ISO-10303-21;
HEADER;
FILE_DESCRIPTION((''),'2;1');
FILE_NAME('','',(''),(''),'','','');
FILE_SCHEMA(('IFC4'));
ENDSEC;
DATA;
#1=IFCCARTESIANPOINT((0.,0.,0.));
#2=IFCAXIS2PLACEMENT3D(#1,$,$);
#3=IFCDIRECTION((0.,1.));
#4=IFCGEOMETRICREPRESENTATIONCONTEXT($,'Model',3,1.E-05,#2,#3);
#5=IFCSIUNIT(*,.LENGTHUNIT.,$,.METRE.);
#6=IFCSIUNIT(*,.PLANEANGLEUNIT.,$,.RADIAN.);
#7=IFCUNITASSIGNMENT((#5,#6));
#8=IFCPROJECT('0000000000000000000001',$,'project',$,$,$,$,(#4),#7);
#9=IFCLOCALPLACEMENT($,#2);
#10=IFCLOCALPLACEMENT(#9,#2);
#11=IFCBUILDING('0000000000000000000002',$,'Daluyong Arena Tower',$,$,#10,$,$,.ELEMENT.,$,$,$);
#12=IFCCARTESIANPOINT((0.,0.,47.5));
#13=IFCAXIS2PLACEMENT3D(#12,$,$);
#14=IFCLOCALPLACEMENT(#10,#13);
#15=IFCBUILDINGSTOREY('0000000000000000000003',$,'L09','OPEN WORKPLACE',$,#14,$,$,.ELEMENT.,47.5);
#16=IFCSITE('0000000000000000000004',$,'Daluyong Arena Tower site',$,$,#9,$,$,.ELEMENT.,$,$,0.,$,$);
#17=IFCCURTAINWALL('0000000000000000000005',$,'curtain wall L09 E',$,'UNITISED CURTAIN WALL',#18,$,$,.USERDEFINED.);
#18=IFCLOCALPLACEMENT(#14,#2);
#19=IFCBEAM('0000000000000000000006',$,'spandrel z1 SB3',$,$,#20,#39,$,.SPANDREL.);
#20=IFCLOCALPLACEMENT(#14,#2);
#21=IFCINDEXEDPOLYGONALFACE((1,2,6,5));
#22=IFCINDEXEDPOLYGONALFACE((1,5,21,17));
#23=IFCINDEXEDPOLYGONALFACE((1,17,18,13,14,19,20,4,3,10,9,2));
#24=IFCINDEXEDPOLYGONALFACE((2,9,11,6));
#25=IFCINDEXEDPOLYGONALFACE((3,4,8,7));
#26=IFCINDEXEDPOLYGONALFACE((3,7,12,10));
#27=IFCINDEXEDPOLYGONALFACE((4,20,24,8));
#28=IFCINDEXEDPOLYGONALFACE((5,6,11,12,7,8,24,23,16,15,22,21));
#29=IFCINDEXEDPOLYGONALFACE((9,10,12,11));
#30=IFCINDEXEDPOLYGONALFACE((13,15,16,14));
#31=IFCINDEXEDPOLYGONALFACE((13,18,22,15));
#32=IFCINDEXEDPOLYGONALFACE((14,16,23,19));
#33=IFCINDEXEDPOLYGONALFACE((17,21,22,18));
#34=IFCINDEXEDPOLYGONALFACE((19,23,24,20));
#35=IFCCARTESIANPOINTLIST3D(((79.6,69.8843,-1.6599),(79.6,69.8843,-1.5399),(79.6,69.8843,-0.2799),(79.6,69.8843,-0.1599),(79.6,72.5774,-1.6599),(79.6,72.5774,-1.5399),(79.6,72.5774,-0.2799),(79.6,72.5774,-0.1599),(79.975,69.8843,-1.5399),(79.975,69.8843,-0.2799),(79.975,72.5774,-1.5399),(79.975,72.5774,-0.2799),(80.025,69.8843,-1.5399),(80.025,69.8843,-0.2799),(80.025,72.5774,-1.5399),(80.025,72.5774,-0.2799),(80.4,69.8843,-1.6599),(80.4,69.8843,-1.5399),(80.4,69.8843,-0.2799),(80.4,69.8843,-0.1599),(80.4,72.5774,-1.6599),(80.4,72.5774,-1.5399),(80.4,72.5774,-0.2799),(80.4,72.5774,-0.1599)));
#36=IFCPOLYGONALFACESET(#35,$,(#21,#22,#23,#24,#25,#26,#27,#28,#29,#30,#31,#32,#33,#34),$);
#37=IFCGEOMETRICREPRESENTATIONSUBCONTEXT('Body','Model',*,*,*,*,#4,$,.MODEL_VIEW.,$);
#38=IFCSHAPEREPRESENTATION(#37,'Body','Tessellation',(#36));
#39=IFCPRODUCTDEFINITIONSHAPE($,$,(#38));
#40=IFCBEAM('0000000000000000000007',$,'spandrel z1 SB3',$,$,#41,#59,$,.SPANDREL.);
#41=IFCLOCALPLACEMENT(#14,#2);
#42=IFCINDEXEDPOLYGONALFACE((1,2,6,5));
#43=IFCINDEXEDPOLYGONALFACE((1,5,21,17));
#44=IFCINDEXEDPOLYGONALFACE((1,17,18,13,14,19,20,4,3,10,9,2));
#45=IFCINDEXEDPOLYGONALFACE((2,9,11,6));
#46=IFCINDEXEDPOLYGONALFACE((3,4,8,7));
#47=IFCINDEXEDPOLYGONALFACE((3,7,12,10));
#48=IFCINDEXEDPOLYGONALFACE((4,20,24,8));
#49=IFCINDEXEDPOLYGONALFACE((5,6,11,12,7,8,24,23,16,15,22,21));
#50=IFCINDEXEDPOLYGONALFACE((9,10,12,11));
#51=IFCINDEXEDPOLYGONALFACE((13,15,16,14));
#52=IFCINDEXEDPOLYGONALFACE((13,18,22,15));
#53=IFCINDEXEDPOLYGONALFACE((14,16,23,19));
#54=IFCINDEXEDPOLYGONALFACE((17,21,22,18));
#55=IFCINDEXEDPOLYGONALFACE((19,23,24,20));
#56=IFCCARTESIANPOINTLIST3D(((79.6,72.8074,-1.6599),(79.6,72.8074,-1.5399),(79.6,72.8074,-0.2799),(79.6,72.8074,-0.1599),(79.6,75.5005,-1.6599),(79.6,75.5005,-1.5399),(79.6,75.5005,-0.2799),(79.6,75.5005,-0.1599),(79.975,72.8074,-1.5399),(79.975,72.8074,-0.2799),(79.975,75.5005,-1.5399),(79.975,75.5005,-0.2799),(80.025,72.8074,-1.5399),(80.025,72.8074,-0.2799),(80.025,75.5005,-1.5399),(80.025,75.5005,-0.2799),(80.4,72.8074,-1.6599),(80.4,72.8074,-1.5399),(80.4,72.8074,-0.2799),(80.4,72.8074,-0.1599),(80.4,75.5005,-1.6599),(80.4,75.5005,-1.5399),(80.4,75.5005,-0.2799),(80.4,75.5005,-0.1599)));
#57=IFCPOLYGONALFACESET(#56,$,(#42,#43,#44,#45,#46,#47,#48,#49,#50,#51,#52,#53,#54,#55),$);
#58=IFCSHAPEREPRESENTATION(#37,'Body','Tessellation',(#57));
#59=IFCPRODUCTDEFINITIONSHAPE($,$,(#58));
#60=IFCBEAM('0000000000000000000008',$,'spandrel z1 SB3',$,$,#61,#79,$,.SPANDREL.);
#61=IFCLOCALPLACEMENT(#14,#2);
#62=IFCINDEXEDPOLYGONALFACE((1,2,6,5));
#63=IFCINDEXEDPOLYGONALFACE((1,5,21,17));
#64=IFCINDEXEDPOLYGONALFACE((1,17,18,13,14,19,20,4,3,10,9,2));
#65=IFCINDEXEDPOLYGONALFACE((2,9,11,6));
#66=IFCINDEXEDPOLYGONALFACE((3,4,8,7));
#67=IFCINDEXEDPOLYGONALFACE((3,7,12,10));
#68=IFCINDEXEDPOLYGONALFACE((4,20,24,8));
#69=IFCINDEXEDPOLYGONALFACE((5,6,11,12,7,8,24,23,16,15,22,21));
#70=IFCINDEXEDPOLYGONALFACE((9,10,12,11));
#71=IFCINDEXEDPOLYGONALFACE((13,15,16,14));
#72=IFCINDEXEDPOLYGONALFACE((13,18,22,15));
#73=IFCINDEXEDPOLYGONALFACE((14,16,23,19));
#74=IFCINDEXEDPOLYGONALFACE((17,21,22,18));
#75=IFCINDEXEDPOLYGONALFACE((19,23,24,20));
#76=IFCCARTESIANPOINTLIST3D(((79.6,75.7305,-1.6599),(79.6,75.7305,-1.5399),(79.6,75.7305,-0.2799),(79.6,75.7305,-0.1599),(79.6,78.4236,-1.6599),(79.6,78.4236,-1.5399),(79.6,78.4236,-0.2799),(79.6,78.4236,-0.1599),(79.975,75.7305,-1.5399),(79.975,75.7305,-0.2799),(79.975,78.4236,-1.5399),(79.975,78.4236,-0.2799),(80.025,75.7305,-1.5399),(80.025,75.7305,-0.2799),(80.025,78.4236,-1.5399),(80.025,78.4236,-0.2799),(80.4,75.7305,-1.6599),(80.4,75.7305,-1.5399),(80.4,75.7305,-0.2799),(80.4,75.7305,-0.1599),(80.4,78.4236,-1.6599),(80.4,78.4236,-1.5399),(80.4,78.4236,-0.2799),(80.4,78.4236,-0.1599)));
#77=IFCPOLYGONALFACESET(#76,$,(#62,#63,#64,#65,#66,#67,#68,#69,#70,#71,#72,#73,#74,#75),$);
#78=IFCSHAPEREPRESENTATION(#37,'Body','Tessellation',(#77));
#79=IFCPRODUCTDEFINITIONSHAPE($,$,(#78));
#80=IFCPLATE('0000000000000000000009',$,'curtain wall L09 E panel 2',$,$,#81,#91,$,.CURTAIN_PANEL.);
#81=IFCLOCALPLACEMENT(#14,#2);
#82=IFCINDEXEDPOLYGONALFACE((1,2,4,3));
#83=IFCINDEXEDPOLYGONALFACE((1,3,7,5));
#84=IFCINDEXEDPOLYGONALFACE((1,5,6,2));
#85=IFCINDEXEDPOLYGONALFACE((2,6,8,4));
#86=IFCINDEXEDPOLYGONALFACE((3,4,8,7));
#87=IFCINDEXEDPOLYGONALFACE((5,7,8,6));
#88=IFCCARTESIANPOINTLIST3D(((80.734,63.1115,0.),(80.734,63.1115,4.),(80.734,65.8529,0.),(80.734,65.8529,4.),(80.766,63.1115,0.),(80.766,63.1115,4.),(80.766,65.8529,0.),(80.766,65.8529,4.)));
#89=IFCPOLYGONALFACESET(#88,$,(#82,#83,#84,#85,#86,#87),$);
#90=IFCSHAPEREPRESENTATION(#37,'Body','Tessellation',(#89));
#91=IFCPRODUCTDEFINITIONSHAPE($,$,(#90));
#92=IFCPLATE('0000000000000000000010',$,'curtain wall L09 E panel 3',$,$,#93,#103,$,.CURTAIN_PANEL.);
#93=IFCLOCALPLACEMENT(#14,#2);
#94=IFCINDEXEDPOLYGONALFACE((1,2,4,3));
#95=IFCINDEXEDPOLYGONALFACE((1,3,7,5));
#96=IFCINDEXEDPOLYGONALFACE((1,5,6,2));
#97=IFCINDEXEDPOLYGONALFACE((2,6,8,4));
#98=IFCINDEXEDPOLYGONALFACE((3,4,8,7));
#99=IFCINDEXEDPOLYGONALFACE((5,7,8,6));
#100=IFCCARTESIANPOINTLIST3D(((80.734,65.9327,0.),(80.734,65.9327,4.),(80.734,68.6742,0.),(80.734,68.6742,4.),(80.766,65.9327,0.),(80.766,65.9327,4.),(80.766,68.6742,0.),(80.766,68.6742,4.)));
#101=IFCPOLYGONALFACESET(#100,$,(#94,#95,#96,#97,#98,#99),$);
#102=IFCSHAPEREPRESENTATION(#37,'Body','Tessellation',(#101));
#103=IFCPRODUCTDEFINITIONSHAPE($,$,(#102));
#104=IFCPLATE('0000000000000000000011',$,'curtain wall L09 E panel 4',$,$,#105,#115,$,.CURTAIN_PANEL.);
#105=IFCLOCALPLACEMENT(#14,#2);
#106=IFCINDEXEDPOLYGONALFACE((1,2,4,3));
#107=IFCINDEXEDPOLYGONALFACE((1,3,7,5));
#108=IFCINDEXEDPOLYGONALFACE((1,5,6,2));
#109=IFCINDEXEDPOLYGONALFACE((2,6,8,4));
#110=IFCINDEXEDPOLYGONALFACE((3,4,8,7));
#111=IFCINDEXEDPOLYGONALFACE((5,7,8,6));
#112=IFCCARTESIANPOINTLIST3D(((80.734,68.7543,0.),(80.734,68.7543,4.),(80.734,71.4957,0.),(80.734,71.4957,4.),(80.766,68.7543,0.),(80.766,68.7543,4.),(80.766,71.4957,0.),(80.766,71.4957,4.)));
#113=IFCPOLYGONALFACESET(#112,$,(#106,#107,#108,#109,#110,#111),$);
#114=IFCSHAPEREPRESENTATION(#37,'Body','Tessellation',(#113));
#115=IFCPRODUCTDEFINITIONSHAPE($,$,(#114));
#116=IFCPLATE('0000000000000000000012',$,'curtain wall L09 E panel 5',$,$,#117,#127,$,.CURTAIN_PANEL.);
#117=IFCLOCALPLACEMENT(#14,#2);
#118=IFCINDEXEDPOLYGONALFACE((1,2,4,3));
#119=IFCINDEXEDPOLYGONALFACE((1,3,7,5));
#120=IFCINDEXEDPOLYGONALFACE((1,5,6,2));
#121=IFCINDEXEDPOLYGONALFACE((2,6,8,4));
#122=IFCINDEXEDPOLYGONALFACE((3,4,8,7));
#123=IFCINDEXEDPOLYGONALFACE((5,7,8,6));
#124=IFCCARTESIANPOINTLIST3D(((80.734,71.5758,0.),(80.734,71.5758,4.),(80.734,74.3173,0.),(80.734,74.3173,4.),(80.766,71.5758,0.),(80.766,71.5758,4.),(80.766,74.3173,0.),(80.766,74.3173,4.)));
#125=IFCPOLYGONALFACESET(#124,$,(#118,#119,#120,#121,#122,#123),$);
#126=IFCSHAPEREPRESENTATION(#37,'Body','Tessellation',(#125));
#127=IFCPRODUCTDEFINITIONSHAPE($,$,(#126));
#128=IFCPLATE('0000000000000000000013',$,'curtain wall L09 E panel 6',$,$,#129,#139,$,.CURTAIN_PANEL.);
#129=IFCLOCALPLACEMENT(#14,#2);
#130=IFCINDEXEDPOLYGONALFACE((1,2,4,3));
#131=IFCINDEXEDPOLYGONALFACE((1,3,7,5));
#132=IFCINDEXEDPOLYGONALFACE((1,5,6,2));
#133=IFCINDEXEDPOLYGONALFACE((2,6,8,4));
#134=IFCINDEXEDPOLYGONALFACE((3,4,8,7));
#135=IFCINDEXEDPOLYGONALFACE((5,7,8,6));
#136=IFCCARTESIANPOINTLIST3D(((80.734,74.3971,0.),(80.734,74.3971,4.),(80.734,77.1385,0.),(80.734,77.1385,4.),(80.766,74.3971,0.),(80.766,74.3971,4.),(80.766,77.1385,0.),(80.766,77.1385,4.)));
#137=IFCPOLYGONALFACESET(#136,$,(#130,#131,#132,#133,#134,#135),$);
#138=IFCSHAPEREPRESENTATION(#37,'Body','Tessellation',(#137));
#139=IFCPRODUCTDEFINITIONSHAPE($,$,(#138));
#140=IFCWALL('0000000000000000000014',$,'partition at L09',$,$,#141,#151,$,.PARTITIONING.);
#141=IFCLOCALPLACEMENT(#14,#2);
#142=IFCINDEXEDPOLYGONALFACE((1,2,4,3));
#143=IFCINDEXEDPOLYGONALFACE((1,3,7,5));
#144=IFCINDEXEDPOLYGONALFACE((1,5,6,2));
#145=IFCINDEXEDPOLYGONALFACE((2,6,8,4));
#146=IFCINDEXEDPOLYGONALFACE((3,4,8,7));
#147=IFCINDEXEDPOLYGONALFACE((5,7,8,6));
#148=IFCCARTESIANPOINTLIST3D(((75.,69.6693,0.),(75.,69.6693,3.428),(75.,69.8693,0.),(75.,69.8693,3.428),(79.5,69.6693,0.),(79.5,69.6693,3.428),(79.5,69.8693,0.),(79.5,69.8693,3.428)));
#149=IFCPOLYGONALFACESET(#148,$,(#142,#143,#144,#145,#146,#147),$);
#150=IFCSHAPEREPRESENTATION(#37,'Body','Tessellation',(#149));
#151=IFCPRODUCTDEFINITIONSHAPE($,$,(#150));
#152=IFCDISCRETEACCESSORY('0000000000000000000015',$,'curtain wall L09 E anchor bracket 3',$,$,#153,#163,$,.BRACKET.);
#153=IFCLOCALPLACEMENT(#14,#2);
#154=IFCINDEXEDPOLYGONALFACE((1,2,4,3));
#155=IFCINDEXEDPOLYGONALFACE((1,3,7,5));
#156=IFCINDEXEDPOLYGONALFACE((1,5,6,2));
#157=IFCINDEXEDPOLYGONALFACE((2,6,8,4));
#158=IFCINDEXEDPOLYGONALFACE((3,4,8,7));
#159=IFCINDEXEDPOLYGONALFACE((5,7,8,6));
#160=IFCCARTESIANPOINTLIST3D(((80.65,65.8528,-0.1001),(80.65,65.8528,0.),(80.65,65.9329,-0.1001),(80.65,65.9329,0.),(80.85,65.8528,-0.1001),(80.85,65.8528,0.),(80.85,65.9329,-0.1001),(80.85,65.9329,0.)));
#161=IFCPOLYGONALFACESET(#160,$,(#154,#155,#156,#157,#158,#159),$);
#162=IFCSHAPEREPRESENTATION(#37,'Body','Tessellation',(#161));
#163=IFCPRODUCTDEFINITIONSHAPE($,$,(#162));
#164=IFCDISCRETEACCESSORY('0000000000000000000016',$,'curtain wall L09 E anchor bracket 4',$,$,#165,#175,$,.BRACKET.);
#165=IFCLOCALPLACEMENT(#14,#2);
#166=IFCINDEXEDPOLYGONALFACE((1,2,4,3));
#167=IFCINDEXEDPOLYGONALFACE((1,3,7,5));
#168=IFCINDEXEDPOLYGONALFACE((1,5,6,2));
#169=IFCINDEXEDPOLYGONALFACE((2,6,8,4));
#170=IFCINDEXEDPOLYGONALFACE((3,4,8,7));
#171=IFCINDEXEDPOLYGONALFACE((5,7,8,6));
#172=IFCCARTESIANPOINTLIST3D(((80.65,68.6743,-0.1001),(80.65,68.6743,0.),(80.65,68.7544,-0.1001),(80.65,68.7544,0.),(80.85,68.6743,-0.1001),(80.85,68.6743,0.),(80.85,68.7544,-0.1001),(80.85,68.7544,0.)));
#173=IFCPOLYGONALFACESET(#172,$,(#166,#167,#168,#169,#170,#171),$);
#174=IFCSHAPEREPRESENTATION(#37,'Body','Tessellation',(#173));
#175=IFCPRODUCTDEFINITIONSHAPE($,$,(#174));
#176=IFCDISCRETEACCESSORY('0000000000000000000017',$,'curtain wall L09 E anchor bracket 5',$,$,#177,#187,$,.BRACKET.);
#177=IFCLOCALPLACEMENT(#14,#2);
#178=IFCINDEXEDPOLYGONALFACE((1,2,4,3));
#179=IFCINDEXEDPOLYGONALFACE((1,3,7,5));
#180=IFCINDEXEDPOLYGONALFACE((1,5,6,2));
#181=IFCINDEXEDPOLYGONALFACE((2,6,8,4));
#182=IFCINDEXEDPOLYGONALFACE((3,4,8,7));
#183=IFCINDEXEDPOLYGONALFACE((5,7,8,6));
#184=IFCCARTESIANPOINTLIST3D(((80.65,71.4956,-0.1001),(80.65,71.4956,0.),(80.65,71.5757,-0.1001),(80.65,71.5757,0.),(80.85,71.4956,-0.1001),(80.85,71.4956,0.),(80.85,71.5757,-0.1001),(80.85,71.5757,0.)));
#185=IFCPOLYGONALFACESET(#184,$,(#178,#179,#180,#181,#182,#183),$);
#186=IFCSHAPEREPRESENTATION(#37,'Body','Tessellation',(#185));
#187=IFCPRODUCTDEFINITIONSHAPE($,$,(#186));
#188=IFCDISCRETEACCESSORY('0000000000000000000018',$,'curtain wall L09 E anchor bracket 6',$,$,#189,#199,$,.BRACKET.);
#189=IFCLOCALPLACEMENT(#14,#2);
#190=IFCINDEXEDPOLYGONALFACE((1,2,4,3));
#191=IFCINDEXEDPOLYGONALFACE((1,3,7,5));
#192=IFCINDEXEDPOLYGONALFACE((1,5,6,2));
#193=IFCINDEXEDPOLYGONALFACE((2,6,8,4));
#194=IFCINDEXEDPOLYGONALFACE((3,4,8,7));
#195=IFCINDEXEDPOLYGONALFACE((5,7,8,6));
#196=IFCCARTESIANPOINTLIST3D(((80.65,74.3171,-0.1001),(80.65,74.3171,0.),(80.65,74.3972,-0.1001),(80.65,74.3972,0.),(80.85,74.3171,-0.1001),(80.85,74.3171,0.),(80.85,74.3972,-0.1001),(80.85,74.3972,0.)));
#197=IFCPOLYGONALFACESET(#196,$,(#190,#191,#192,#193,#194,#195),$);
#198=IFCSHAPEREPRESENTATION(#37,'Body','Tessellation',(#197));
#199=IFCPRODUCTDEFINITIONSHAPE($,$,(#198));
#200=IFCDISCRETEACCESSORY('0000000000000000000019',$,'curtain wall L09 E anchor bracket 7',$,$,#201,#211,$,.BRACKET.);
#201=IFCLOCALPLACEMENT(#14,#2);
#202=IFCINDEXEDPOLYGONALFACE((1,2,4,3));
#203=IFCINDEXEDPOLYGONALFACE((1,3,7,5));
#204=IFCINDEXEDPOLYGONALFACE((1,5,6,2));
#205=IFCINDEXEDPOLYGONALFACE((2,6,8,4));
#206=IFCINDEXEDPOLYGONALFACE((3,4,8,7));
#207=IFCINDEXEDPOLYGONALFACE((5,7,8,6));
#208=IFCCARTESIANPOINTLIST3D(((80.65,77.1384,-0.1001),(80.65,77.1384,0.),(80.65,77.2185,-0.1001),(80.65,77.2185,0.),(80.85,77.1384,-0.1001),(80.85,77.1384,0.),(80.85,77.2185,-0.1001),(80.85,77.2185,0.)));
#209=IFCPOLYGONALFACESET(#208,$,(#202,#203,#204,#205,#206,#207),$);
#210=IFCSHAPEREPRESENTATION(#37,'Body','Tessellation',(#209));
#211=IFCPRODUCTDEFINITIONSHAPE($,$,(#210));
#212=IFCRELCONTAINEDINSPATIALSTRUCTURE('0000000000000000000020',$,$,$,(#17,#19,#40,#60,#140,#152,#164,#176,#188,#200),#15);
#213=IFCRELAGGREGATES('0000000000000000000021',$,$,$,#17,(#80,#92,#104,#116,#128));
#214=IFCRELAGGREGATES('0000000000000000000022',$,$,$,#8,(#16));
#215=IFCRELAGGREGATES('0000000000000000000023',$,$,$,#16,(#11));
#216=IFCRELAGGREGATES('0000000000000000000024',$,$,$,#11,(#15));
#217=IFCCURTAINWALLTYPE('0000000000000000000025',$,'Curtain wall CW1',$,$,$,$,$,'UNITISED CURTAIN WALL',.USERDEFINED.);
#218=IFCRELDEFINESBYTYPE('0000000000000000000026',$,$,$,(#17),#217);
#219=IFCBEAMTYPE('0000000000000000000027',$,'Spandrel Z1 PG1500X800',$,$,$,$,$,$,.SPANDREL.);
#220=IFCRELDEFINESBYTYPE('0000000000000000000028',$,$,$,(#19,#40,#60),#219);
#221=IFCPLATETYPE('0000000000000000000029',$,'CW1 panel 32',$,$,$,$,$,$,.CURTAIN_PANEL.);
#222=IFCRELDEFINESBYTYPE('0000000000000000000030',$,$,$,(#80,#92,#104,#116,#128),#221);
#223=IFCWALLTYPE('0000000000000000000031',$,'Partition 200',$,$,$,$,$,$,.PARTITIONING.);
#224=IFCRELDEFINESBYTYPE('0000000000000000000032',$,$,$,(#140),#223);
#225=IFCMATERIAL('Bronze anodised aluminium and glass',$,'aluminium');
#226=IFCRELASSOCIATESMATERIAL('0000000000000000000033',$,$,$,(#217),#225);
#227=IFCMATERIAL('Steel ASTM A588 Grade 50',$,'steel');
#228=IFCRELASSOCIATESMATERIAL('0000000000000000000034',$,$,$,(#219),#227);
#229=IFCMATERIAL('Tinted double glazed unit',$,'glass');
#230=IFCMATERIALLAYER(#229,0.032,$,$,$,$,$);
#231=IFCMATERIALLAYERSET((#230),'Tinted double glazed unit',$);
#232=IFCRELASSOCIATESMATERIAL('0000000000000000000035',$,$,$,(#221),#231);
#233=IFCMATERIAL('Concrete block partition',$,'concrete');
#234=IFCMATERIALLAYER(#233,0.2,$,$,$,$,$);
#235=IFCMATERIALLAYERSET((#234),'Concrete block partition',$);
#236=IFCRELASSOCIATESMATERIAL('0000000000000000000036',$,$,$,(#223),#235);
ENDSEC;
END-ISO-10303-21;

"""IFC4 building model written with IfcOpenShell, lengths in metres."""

from ifc_helpers import new_model, si_unit, direction, frame, frame_2d, origin, origin_2d, place, context, subcontext, project, spatial, rectangle, i_section, extrude, material, layer, layer_set, material_profile, profile_set, type_object, element, aggregate, save


model = new_model("IFC4")

# Units and contexts
model_context = context("Model", 3, precision=1e-05, world=origin(), true_north=direction((0.0, 1.0)))
body_context = subcontext(model_context, "Body", "Model", "MODEL_VIEW")
ifc_project = project(units=[si_unit("LENGTHUNIT", "METRE"), si_unit("PLANEANGLEUNIT", "RADIAN")], contexts=[model_context])

# Site, building, storey
site_placement = place(None, origin())
site = spatial("IfcSite", under=ifc_project, at=site_placement, Name="Daluyong Arena Tower site", CompositionType="ELEMENT", RefElevation=0.0)
building_placement = place(site_placement, origin())
building = spatial("IfcBuilding", under=site, at=building_placement, Name="Daluyong Arena Tower", CompositionType="ELEMENT")
storey_placement = place(building_placement, frame((0.0, 0.0, 47.5)))
storey = spatial("IfcBuildingStorey", under=building, at=storey_placement, Name="L09", Description="OPEN WORKPLACE", CompositionType="ELEMENT", Elevation=47.5)

# Curtain wall
ifc_material_1 = material(Name="Bronze anodised aluminium and glass", Category="aluminium")
curtain_wall_type = type_object("IfcCurtainWallType", Name="Curtain wall CW1", ElementType="UNITISED CURTAIN WALL", PredefinedType="USERDEFINED", material=ifc_material_1)
curtain_wall_placement = place(storey_placement, origin())
curtain_wall = element("IfcCurtainWall", 1, at=curtain_wall_placement, inside=storey, type_object=curtain_wall_type, Name="curtain wall L09 E", ObjectType="UNITISED CURTAIN WALL", PredefinedType="USERDEFINED")

# Beams
ifc_material_2 = material(Name="Steel ASTM A588 Grade 50", Category="steel")
ifc_material_profile_1 = material_profile(ifc_material_2, i_section(OverallWidth=0.8, OverallDepth=1.5, WebThickness=0.05, FlangeThickness=0.12, at=origin_2d()))
ifc_profile_set_1 = profile_set([ifc_material_profile_1], Name="Steel ASTM A588 Grade 50")
beam_type_1 = type_object("IfcBeamType", Name="Spandrel Z1 PG1500X800", PredefinedType="SPANDREL", material=ifc_profile_set_1)
for number, where, z_axis, x_axis, name in (
    (2, (80.0, 69.8843, -0.9099), (0.0, 1.0, 0.0), (-1.0, 0.0, 0.0), "spandrel z1 SB3"),
    (3, (80.0, 72.8074, -0.9099), (0.0, 1.0, 0.0), (-1.0, 0.0, 0.0), "spandrel z1 SB3"),
    (4, (80.0, 75.7305, -0.9099), (0.0, 1.0, 0.0), (-1.0, 0.0, 0.0), "spandrel z1 SB3"),
):
    element("IfcBeam", number, at=place(storey_placement, frame(where, z_axis=z_axis, x_axis=x_axis)), inside=storey, type_object=beam_type_1, Name=name, PredefinedType="SPANDREL", context=body_context, shape_type="SweptSolid", body=[
        extrude(i_section(OverallWidth=0.8, OverallDepth=1.5, WebThickness=0.05, FlangeThickness=0.12, at=origin_2d()), origin(), (0.0, 0.0, 1.0), 2.6931),
    ])

# Plates
ifc_material_3 = material(Name="Tinted double glazed unit", Category="glass")
ifc_layer_1 = layer(ifc_material_3, 0.032)
ifc_layer_set_1 = layer_set([ifc_layer_1], Name="Tinted double glazed unit")
plate_type = type_object("IfcPlateType", Name="CW1 panel 32", PredefinedType="CURTAIN_PANEL", material=ifc_layer_set_1)
plate_1_placement = place(storey_placement, frame((80.75, 64.4822, 0.0), z_axis=(0.0, 0.0, 1.0), x_axis=(0.0, 1.0, 0.0)))
plate_1 = element("IfcPlate", 5, at=plate_1_placement, type_object=plate_type, Name="curtain wall L09 E panel 2", PredefinedType="CURTAIN_PANEL", context=body_context, shape_type="SweptSolid", body=[
    extrude(rectangle(XDim=2.7415, YDim=0.032, at=origin_2d()), origin(), (0.0, 0.0, 1.0), 4.0),
])
plate_2_placement = place(storey_placement, frame((80.75, 67.3035, 0.0), z_axis=(0.0, 0.0, 1.0), x_axis=(0.0, 1.0, 0.0)))
plate_2 = element("IfcPlate", 6, at=plate_2_placement, type_object=plate_type, Name="curtain wall L09 E panel 3", PredefinedType="CURTAIN_PANEL", context=body_context, shape_type="SweptSolid", body=[
    extrude(rectangle(XDim=2.7415, YDim=0.032, at=origin_2d()), origin(), (0.0, 0.0, 1.0), 4.0),
])
plate_3_placement = place(storey_placement, frame((80.75, 70.125, 0.0), z_axis=(0.0, 0.0, 1.0), x_axis=(0.0, 1.0, 0.0)))
plate_3 = element("IfcPlate", 7, at=plate_3_placement, type_object=plate_type, Name="curtain wall L09 E panel 4", PredefinedType="CURTAIN_PANEL", context=body_context, shape_type="SweptSolid", body=[
    extrude(rectangle(XDim=2.7415, YDim=0.032, at=origin_2d()), origin(), (0.0, 0.0, 1.0), 4.0),
])
plate_4_placement = place(storey_placement, frame((80.75, 72.9465, 0.0), z_axis=(0.0, 0.0, 1.0), x_axis=(0.0, 1.0, 0.0)))
plate_4 = element("IfcPlate", 8, at=plate_4_placement, type_object=plate_type, Name="curtain wall L09 E panel 5", PredefinedType="CURTAIN_PANEL", context=body_context, shape_type="SweptSolid", body=[
    extrude(rectangle(XDim=2.7415, YDim=0.032, at=origin_2d()), origin(), (0.0, 0.0, 1.0), 4.0),
])
plate_5_placement = place(storey_placement, frame((80.75, 75.7678, 0.0), z_axis=(0.0, 0.0, 1.0), x_axis=(0.0, 1.0, 0.0)))
plate_5 = element("IfcPlate", 9, at=plate_5_placement, type_object=plate_type, Name="curtain wall L09 E panel 6", PredefinedType="CURTAIN_PANEL", context=body_context, shape_type="SweptSolid", body=[
    extrude(rectangle(XDim=2.7415, YDim=0.032, at=origin_2d()), origin(), (0.0, 0.0, 1.0), 4.0),
])
aggregate(curtain_wall, [plate_1, plate_2, plate_3, plate_4, plate_5])

# Wall
ifc_material_4 = material(Name="Concrete block partition", Category="concrete")
ifc_layer_2 = layer(ifc_material_4, 0.2)
ifc_layer_set_2 = layer_set([ifc_layer_2], Name="Concrete block partition")
wall_type = type_object("IfcWallType", Name="Partition 200", PredefinedType="PARTITIONING", material=ifc_layer_set_2)
wall_placement = place(storey_placement, frame((75.0, 69.7693, 0.0), z_axis=(0.0, 0.0, 1.0), x_axis=(1.0, 0.0, 0.0)))
element("IfcWall", 10, at=wall_placement, inside=storey, type_object=wall_type, Name="partition at L09", PredefinedType="PARTITIONING", context=body_context, shape_type="SweptSolid", body=[
    extrude(rectangle(XDim=4.5, YDim=0.2, at=frame_2d((2.25, 0.0))), origin(), (0.0, 0.0, 1.0), 3.428),
])

# Discrete accessories
for number, where, z_axis, x_axis, name in (
    (11, (80.75, 65.8928, -0.1001), (0.0, 0.0, 1.0), (0.0, 1.0, 0.0), "curtain wall L09 E anchor bracket 3"),
    (12, (80.75, 68.7144, -0.1001), (0.0, 0.0, 1.0), (0.0, 1.0, 0.0), "curtain wall L09 E anchor bracket 4"),
    (13, (80.75, 71.5356, -0.1001), (0.0, 0.0, 1.0), (0.0, 1.0, 0.0), "curtain wall L09 E anchor bracket 5"),
    (14, (80.75, 74.3572, -0.1001), (0.0, 0.0, 1.0), (0.0, 1.0, 0.0), "curtain wall L09 E anchor bracket 6"),
    (15, (80.75, 77.1785, -0.1001), (0.0, 0.0, 1.0), (0.0, 1.0, 0.0), "curtain wall L09 E anchor bracket 7"),
):
    element("IfcDiscreteAccessory", number, at=place(storey_placement, frame(where, z_axis=z_axis, x_axis=x_axis)), inside=storey, Name=name, PredefinedType="BRACKET", context=body_context, shape_type="SweptSolid", body=[
        extrude(rectangle(XDim=0.0801, YDim=0.2, at=origin_2d()), origin(), (0.0, 0.0, 1.0), 0.1001),
    ])

save(model, "model.ifc")
